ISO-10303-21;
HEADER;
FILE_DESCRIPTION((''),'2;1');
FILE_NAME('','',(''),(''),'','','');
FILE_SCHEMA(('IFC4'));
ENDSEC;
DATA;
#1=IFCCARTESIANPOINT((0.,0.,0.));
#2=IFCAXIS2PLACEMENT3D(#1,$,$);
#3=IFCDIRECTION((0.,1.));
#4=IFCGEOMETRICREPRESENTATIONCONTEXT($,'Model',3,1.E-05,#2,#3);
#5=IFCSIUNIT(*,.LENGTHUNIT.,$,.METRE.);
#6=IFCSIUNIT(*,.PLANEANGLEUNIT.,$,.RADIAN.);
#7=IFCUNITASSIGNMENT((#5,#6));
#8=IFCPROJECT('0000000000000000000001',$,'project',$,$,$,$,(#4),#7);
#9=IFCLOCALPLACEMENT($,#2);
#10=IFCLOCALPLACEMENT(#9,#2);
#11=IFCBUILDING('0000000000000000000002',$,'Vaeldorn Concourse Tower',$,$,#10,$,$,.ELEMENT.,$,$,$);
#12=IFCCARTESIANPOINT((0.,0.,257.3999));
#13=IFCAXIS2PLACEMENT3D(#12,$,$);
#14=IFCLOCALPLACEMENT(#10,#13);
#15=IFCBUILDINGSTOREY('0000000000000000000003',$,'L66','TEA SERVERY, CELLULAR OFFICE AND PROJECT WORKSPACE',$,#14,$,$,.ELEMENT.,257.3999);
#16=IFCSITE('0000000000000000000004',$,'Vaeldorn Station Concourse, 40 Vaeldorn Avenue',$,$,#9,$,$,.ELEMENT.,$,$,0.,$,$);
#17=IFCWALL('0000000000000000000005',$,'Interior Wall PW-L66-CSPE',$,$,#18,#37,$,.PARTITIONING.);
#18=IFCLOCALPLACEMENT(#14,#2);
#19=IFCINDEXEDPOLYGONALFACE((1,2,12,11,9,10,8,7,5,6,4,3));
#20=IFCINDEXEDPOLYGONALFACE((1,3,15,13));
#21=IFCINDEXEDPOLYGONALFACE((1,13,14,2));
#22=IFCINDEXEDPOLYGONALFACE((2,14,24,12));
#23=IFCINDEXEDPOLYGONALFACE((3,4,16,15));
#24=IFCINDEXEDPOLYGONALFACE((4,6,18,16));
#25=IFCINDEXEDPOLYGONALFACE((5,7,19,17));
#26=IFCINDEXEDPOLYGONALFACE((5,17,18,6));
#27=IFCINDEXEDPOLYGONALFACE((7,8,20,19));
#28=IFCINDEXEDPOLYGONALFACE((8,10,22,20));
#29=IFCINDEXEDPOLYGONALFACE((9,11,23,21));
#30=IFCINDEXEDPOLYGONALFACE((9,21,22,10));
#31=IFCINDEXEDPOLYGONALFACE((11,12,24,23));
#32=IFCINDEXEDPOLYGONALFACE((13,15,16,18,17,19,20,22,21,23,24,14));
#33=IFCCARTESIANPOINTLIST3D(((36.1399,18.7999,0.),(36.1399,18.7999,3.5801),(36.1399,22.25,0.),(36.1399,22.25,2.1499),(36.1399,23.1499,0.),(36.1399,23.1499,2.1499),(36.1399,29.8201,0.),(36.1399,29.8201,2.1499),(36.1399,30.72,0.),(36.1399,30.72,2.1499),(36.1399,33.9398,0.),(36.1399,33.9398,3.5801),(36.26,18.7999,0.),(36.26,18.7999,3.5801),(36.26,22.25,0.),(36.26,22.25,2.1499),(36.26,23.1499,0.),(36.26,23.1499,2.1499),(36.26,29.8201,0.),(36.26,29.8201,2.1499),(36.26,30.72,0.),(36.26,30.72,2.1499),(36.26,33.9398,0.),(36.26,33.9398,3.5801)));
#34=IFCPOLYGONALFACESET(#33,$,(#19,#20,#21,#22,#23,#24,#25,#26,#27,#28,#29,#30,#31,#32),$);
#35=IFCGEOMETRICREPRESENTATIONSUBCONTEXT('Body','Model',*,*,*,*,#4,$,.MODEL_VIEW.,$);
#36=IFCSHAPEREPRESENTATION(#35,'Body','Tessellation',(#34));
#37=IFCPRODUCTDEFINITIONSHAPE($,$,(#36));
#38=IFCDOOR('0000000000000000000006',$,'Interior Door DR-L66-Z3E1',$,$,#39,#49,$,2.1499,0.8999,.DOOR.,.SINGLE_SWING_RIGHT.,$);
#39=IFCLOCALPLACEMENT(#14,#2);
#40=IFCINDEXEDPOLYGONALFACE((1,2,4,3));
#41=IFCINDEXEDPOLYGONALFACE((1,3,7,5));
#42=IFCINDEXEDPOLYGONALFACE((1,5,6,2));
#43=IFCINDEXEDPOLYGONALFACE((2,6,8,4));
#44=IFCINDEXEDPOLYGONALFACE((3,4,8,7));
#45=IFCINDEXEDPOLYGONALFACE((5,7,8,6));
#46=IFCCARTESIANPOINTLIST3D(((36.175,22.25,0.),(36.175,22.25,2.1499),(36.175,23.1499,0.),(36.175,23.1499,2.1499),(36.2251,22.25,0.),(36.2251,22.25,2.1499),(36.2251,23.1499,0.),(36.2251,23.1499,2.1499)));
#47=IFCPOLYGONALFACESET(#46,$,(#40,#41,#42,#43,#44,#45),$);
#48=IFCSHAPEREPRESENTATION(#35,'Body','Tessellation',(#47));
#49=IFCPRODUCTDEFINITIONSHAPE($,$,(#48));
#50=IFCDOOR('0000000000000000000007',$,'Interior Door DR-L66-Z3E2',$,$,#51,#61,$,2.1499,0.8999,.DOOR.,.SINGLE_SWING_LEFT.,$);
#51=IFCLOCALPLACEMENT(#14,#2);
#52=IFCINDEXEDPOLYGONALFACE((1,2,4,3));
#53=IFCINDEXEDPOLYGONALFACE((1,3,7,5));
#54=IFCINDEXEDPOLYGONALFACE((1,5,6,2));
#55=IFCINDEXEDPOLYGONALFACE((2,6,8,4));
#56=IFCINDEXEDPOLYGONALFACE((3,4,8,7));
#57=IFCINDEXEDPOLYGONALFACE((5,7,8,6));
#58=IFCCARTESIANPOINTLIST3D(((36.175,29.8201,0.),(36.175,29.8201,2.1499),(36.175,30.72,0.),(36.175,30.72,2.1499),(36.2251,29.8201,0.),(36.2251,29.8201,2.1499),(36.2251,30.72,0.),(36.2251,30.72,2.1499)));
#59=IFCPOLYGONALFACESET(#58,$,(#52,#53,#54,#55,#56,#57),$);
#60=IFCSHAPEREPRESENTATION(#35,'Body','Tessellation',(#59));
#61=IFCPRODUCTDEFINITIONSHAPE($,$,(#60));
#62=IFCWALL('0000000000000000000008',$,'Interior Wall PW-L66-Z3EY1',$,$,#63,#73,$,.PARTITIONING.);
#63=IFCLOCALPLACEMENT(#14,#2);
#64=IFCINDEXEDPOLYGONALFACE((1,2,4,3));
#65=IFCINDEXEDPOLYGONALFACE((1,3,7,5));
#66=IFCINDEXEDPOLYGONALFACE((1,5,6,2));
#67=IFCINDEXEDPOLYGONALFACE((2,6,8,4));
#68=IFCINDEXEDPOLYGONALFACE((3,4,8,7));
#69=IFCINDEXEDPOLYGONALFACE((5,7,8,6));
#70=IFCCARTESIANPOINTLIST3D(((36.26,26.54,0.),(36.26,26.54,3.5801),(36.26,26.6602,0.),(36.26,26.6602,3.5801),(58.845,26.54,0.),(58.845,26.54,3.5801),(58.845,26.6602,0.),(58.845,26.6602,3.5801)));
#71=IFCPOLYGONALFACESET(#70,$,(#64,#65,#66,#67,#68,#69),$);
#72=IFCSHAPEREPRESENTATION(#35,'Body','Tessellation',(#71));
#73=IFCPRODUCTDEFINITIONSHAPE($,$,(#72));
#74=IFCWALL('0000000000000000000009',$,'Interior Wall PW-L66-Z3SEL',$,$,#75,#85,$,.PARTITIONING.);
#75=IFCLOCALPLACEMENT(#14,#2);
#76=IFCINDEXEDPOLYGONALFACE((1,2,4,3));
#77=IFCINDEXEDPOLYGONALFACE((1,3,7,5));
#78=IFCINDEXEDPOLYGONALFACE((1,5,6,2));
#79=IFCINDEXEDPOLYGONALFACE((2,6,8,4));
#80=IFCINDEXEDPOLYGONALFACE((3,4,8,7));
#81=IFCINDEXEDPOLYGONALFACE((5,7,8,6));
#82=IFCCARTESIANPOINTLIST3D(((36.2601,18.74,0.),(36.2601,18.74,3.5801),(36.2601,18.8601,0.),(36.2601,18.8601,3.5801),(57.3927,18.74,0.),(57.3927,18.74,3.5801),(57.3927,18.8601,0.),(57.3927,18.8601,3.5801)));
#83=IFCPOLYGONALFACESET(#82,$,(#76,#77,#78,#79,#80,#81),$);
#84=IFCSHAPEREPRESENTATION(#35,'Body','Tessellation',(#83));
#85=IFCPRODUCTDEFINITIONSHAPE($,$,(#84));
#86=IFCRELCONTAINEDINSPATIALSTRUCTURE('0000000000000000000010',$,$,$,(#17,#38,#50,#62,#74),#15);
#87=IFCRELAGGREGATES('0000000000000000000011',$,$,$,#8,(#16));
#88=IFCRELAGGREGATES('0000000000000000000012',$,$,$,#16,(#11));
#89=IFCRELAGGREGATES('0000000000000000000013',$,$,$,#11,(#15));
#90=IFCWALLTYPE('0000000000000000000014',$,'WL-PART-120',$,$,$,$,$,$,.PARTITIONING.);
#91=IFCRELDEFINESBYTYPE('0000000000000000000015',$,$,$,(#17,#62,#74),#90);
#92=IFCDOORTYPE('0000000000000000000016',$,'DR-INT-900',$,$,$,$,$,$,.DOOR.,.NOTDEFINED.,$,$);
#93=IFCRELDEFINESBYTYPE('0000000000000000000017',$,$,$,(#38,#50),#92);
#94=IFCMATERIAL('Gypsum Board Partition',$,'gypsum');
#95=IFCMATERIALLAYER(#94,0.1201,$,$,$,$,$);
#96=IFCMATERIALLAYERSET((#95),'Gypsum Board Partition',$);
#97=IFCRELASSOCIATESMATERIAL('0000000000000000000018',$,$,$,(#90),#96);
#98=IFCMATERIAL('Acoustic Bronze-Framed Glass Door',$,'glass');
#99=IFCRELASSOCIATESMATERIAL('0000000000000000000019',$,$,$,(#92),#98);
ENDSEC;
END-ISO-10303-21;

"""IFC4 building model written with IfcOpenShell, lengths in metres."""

from ifc_helpers import new_model, si_unit, direction, frame, frame_2d, origin, place, context, subcontext, project, spatial, rectangle, extrude, source, transform, mapped, material, layer, layer_set, type_object, element, fill, save


model = new_model("IFC4")

# Units and contexts
model_context = context("Model", 3, precision=1e-05, world=origin(), true_north=direction((0.0, 1.0)))
body_context = subcontext(model_context, "Body", "Model", "MODEL_VIEW")
ifc_project = project(units=[si_unit("LENGTHUNIT", "METRE"), si_unit("PLANEANGLEUNIT", "RADIAN")], contexts=[model_context])

# Site, building, storey
site_placement = place(None, origin())
site = spatial("IfcSite", under=ifc_project, at=site_placement, Name="Vaeldorn Station Concourse, 40 Vaeldorn Avenue", CompositionType="ELEMENT", RefElevation=0.0)
building_placement = place(site_placement, origin())
building = spatial("IfcBuilding", under=site, at=building_placement, Name="Vaeldorn Concourse Tower", CompositionType="ELEMENT")
storey_placement = place(building_placement, frame((0.0, 0.0, 257.3999)))
storey = spatial("IfcBuildingStorey", under=building, at=storey_placement, Name="L66", Description="TEA SERVERY, CELLULAR OFFICE AND PROJECT WORKSPACE", CompositionType="ELEMENT", Elevation=257.3999)

# Shared definitions
ifc_material_1 = material(Name="Gypsum Board Partition", Category="gypsum")
ifc_layer = layer(ifc_material_1, 0.1201)
ifc_layer_set = layer_set([ifc_layer], Name="Gypsum Board Partition")
wall_type = type_object("IfcWallType", Name="WL-PART-120", PredefinedType="PARTITIONING", material=ifc_layer_set)

# Wall, openings, doors
ifc_material_2 = material(Name="Acoustic Bronze-Framed Glass Door", Category="glass")
door_type = type_object("IfcDoorType", Name="DR-INT-900", OperationType="NOTDEFINED", PredefinedType="DOOR", material=ifc_material_2)
shared_shape_1 = source(origin(), body_context, "Body", "SweptSolid", [
    extrude(rectangle(XDim=0.8999, YDim=2.1499, at=frame_2d((0.45, 1.075))), frame((0.0, 0.0249, 0.0), z_axis=(0.0, -1.0, 0.0), x_axis=(1.0, 0.0, 0.0)), (0.0, 0.0, 1.0), 0.05),
])
wall_1_placement = place(storey_placement, frame((36.2, 18.8, 0.0), z_axis=(0.0, 0.0, 1.0), x_axis=(0.0, 1.0, 0.0)))
wall_1 = element("IfcWall", 1, at=wall_1_placement, inside=storey, type_object=wall_type, Name="Interior Wall PW-L66-CSPE", PredefinedType="PARTITIONING", context=body_context, shape_type="SweptSolid", body=[
    extrude(rectangle(XDim=15.1399, YDim=0.1201, at=frame_2d((7.5698, 0.0))), origin(), (0.0, 0.0, 1.0), 3.5801),
])
opening_1_placement = place(wall_1_placement, frame((3.45, 0.0, 0.0)))
opening_1 = element("IfcOpeningElement", 2, at=opening_1_placement, cuts=wall_1, PredefinedType="OPENING", context=body_context, shape_type="SweptSolid", body=[
    extrude(rectangle(XDim=0.8999, YDim=2.1499, at=frame_2d((0.45, 1.075))), frame((0.0, 0.0701, 0.0), z_axis=(0.0, -1.0, 0.0), x_axis=(1.0, 0.0, 0.0)), (0.0, 0.0, 1.0), 0.1401),
])
opening_2_placement = place(wall_1_placement, frame((11.02, 0.0, 0.0)))
opening_2 = element("IfcOpeningElement", 3, at=opening_2_placement, cuts=wall_1, PredefinedType="OPENING", context=body_context, shape_type="SweptSolid", body=[
    extrude(rectangle(XDim=0.8999, YDim=2.1499, at=frame_2d((0.45, 1.075))), frame((0.0, 0.0701, 0.0), z_axis=(0.0, -1.0, 0.0), x_axis=(1.0, 0.0, 0.0)), (0.0, 0.0, 1.0), 0.1401),
])
door_1_placement = place(opening_1_placement, origin())
door_1 = element("IfcDoor", 4, at=door_1_placement, inside=storey, type_object=door_type, Name="Interior Door DR-L66-Z3E1", OperationType="SINGLE_SWING_RIGHT", OverallHeight=2.1499, OverallWidth=0.8999, PredefinedType="DOOR", context=body_context, shape_type="MappedRepresentation", body=[
    mapped(shared_shape_1, transform((0.0, 0.0, 0.0), scale=1.0)),
])
fill(opening_1, door_1)
door_2_placement = place(opening_2_placement, origin())
door_2 = element("IfcDoor", 5, at=door_2_placement, inside=storey, type_object=door_type, Name="Interior Door DR-L66-Z3E2", OperationType="SINGLE_SWING_LEFT", OverallHeight=2.1499, OverallWidth=0.8999, PredefinedType="DOOR", context=body_context, shape_type="MappedRepresentation", body=[
    mapped(shared_shape_1, transform((0.0, 0.0, 0.0), scale=1.0)),
])
fill(opening_2, door_2)

# Walls
wall_2_placement = place(storey_placement, frame((36.26, 26.6001, 0.0), z_axis=(0.0, 0.0, 1.0), x_axis=(1.0, 0.0, 0.0)))
element("IfcWall", 6, at=wall_2_placement, inside=storey, type_object=wall_type, Name="Interior Wall PW-L66-Z3EY1", PredefinedType="PARTITIONING", context=body_context, shape_type="SweptSolid", body=[
    extrude(rectangle(XDim=22.585, YDim=0.1201, at=frame_2d((11.2925, 0.0))), origin(), (0.0, 0.0, 1.0), 3.5801),
])
wall_3_placement = place(storey_placement, frame((36.26, 18.8, 0.0), z_axis=(0.0, 0.0, 1.0), x_axis=(1.0, 0.0, 0.0)))
element("IfcWall", 7, at=wall_3_placement, inside=storey, type_object=wall_type, Name="Interior Wall PW-L66-Z3SEL", PredefinedType="PARTITIONING", context=body_context, shape_type="SweptSolid", body=[
    extrude(rectangle(XDim=21.1326, YDim=0.1201, at=frame_2d((10.5664, 0.0))), origin(), (0.0, 0.0, 1.0), 3.5801),
])

save(model, "model.ifc")
